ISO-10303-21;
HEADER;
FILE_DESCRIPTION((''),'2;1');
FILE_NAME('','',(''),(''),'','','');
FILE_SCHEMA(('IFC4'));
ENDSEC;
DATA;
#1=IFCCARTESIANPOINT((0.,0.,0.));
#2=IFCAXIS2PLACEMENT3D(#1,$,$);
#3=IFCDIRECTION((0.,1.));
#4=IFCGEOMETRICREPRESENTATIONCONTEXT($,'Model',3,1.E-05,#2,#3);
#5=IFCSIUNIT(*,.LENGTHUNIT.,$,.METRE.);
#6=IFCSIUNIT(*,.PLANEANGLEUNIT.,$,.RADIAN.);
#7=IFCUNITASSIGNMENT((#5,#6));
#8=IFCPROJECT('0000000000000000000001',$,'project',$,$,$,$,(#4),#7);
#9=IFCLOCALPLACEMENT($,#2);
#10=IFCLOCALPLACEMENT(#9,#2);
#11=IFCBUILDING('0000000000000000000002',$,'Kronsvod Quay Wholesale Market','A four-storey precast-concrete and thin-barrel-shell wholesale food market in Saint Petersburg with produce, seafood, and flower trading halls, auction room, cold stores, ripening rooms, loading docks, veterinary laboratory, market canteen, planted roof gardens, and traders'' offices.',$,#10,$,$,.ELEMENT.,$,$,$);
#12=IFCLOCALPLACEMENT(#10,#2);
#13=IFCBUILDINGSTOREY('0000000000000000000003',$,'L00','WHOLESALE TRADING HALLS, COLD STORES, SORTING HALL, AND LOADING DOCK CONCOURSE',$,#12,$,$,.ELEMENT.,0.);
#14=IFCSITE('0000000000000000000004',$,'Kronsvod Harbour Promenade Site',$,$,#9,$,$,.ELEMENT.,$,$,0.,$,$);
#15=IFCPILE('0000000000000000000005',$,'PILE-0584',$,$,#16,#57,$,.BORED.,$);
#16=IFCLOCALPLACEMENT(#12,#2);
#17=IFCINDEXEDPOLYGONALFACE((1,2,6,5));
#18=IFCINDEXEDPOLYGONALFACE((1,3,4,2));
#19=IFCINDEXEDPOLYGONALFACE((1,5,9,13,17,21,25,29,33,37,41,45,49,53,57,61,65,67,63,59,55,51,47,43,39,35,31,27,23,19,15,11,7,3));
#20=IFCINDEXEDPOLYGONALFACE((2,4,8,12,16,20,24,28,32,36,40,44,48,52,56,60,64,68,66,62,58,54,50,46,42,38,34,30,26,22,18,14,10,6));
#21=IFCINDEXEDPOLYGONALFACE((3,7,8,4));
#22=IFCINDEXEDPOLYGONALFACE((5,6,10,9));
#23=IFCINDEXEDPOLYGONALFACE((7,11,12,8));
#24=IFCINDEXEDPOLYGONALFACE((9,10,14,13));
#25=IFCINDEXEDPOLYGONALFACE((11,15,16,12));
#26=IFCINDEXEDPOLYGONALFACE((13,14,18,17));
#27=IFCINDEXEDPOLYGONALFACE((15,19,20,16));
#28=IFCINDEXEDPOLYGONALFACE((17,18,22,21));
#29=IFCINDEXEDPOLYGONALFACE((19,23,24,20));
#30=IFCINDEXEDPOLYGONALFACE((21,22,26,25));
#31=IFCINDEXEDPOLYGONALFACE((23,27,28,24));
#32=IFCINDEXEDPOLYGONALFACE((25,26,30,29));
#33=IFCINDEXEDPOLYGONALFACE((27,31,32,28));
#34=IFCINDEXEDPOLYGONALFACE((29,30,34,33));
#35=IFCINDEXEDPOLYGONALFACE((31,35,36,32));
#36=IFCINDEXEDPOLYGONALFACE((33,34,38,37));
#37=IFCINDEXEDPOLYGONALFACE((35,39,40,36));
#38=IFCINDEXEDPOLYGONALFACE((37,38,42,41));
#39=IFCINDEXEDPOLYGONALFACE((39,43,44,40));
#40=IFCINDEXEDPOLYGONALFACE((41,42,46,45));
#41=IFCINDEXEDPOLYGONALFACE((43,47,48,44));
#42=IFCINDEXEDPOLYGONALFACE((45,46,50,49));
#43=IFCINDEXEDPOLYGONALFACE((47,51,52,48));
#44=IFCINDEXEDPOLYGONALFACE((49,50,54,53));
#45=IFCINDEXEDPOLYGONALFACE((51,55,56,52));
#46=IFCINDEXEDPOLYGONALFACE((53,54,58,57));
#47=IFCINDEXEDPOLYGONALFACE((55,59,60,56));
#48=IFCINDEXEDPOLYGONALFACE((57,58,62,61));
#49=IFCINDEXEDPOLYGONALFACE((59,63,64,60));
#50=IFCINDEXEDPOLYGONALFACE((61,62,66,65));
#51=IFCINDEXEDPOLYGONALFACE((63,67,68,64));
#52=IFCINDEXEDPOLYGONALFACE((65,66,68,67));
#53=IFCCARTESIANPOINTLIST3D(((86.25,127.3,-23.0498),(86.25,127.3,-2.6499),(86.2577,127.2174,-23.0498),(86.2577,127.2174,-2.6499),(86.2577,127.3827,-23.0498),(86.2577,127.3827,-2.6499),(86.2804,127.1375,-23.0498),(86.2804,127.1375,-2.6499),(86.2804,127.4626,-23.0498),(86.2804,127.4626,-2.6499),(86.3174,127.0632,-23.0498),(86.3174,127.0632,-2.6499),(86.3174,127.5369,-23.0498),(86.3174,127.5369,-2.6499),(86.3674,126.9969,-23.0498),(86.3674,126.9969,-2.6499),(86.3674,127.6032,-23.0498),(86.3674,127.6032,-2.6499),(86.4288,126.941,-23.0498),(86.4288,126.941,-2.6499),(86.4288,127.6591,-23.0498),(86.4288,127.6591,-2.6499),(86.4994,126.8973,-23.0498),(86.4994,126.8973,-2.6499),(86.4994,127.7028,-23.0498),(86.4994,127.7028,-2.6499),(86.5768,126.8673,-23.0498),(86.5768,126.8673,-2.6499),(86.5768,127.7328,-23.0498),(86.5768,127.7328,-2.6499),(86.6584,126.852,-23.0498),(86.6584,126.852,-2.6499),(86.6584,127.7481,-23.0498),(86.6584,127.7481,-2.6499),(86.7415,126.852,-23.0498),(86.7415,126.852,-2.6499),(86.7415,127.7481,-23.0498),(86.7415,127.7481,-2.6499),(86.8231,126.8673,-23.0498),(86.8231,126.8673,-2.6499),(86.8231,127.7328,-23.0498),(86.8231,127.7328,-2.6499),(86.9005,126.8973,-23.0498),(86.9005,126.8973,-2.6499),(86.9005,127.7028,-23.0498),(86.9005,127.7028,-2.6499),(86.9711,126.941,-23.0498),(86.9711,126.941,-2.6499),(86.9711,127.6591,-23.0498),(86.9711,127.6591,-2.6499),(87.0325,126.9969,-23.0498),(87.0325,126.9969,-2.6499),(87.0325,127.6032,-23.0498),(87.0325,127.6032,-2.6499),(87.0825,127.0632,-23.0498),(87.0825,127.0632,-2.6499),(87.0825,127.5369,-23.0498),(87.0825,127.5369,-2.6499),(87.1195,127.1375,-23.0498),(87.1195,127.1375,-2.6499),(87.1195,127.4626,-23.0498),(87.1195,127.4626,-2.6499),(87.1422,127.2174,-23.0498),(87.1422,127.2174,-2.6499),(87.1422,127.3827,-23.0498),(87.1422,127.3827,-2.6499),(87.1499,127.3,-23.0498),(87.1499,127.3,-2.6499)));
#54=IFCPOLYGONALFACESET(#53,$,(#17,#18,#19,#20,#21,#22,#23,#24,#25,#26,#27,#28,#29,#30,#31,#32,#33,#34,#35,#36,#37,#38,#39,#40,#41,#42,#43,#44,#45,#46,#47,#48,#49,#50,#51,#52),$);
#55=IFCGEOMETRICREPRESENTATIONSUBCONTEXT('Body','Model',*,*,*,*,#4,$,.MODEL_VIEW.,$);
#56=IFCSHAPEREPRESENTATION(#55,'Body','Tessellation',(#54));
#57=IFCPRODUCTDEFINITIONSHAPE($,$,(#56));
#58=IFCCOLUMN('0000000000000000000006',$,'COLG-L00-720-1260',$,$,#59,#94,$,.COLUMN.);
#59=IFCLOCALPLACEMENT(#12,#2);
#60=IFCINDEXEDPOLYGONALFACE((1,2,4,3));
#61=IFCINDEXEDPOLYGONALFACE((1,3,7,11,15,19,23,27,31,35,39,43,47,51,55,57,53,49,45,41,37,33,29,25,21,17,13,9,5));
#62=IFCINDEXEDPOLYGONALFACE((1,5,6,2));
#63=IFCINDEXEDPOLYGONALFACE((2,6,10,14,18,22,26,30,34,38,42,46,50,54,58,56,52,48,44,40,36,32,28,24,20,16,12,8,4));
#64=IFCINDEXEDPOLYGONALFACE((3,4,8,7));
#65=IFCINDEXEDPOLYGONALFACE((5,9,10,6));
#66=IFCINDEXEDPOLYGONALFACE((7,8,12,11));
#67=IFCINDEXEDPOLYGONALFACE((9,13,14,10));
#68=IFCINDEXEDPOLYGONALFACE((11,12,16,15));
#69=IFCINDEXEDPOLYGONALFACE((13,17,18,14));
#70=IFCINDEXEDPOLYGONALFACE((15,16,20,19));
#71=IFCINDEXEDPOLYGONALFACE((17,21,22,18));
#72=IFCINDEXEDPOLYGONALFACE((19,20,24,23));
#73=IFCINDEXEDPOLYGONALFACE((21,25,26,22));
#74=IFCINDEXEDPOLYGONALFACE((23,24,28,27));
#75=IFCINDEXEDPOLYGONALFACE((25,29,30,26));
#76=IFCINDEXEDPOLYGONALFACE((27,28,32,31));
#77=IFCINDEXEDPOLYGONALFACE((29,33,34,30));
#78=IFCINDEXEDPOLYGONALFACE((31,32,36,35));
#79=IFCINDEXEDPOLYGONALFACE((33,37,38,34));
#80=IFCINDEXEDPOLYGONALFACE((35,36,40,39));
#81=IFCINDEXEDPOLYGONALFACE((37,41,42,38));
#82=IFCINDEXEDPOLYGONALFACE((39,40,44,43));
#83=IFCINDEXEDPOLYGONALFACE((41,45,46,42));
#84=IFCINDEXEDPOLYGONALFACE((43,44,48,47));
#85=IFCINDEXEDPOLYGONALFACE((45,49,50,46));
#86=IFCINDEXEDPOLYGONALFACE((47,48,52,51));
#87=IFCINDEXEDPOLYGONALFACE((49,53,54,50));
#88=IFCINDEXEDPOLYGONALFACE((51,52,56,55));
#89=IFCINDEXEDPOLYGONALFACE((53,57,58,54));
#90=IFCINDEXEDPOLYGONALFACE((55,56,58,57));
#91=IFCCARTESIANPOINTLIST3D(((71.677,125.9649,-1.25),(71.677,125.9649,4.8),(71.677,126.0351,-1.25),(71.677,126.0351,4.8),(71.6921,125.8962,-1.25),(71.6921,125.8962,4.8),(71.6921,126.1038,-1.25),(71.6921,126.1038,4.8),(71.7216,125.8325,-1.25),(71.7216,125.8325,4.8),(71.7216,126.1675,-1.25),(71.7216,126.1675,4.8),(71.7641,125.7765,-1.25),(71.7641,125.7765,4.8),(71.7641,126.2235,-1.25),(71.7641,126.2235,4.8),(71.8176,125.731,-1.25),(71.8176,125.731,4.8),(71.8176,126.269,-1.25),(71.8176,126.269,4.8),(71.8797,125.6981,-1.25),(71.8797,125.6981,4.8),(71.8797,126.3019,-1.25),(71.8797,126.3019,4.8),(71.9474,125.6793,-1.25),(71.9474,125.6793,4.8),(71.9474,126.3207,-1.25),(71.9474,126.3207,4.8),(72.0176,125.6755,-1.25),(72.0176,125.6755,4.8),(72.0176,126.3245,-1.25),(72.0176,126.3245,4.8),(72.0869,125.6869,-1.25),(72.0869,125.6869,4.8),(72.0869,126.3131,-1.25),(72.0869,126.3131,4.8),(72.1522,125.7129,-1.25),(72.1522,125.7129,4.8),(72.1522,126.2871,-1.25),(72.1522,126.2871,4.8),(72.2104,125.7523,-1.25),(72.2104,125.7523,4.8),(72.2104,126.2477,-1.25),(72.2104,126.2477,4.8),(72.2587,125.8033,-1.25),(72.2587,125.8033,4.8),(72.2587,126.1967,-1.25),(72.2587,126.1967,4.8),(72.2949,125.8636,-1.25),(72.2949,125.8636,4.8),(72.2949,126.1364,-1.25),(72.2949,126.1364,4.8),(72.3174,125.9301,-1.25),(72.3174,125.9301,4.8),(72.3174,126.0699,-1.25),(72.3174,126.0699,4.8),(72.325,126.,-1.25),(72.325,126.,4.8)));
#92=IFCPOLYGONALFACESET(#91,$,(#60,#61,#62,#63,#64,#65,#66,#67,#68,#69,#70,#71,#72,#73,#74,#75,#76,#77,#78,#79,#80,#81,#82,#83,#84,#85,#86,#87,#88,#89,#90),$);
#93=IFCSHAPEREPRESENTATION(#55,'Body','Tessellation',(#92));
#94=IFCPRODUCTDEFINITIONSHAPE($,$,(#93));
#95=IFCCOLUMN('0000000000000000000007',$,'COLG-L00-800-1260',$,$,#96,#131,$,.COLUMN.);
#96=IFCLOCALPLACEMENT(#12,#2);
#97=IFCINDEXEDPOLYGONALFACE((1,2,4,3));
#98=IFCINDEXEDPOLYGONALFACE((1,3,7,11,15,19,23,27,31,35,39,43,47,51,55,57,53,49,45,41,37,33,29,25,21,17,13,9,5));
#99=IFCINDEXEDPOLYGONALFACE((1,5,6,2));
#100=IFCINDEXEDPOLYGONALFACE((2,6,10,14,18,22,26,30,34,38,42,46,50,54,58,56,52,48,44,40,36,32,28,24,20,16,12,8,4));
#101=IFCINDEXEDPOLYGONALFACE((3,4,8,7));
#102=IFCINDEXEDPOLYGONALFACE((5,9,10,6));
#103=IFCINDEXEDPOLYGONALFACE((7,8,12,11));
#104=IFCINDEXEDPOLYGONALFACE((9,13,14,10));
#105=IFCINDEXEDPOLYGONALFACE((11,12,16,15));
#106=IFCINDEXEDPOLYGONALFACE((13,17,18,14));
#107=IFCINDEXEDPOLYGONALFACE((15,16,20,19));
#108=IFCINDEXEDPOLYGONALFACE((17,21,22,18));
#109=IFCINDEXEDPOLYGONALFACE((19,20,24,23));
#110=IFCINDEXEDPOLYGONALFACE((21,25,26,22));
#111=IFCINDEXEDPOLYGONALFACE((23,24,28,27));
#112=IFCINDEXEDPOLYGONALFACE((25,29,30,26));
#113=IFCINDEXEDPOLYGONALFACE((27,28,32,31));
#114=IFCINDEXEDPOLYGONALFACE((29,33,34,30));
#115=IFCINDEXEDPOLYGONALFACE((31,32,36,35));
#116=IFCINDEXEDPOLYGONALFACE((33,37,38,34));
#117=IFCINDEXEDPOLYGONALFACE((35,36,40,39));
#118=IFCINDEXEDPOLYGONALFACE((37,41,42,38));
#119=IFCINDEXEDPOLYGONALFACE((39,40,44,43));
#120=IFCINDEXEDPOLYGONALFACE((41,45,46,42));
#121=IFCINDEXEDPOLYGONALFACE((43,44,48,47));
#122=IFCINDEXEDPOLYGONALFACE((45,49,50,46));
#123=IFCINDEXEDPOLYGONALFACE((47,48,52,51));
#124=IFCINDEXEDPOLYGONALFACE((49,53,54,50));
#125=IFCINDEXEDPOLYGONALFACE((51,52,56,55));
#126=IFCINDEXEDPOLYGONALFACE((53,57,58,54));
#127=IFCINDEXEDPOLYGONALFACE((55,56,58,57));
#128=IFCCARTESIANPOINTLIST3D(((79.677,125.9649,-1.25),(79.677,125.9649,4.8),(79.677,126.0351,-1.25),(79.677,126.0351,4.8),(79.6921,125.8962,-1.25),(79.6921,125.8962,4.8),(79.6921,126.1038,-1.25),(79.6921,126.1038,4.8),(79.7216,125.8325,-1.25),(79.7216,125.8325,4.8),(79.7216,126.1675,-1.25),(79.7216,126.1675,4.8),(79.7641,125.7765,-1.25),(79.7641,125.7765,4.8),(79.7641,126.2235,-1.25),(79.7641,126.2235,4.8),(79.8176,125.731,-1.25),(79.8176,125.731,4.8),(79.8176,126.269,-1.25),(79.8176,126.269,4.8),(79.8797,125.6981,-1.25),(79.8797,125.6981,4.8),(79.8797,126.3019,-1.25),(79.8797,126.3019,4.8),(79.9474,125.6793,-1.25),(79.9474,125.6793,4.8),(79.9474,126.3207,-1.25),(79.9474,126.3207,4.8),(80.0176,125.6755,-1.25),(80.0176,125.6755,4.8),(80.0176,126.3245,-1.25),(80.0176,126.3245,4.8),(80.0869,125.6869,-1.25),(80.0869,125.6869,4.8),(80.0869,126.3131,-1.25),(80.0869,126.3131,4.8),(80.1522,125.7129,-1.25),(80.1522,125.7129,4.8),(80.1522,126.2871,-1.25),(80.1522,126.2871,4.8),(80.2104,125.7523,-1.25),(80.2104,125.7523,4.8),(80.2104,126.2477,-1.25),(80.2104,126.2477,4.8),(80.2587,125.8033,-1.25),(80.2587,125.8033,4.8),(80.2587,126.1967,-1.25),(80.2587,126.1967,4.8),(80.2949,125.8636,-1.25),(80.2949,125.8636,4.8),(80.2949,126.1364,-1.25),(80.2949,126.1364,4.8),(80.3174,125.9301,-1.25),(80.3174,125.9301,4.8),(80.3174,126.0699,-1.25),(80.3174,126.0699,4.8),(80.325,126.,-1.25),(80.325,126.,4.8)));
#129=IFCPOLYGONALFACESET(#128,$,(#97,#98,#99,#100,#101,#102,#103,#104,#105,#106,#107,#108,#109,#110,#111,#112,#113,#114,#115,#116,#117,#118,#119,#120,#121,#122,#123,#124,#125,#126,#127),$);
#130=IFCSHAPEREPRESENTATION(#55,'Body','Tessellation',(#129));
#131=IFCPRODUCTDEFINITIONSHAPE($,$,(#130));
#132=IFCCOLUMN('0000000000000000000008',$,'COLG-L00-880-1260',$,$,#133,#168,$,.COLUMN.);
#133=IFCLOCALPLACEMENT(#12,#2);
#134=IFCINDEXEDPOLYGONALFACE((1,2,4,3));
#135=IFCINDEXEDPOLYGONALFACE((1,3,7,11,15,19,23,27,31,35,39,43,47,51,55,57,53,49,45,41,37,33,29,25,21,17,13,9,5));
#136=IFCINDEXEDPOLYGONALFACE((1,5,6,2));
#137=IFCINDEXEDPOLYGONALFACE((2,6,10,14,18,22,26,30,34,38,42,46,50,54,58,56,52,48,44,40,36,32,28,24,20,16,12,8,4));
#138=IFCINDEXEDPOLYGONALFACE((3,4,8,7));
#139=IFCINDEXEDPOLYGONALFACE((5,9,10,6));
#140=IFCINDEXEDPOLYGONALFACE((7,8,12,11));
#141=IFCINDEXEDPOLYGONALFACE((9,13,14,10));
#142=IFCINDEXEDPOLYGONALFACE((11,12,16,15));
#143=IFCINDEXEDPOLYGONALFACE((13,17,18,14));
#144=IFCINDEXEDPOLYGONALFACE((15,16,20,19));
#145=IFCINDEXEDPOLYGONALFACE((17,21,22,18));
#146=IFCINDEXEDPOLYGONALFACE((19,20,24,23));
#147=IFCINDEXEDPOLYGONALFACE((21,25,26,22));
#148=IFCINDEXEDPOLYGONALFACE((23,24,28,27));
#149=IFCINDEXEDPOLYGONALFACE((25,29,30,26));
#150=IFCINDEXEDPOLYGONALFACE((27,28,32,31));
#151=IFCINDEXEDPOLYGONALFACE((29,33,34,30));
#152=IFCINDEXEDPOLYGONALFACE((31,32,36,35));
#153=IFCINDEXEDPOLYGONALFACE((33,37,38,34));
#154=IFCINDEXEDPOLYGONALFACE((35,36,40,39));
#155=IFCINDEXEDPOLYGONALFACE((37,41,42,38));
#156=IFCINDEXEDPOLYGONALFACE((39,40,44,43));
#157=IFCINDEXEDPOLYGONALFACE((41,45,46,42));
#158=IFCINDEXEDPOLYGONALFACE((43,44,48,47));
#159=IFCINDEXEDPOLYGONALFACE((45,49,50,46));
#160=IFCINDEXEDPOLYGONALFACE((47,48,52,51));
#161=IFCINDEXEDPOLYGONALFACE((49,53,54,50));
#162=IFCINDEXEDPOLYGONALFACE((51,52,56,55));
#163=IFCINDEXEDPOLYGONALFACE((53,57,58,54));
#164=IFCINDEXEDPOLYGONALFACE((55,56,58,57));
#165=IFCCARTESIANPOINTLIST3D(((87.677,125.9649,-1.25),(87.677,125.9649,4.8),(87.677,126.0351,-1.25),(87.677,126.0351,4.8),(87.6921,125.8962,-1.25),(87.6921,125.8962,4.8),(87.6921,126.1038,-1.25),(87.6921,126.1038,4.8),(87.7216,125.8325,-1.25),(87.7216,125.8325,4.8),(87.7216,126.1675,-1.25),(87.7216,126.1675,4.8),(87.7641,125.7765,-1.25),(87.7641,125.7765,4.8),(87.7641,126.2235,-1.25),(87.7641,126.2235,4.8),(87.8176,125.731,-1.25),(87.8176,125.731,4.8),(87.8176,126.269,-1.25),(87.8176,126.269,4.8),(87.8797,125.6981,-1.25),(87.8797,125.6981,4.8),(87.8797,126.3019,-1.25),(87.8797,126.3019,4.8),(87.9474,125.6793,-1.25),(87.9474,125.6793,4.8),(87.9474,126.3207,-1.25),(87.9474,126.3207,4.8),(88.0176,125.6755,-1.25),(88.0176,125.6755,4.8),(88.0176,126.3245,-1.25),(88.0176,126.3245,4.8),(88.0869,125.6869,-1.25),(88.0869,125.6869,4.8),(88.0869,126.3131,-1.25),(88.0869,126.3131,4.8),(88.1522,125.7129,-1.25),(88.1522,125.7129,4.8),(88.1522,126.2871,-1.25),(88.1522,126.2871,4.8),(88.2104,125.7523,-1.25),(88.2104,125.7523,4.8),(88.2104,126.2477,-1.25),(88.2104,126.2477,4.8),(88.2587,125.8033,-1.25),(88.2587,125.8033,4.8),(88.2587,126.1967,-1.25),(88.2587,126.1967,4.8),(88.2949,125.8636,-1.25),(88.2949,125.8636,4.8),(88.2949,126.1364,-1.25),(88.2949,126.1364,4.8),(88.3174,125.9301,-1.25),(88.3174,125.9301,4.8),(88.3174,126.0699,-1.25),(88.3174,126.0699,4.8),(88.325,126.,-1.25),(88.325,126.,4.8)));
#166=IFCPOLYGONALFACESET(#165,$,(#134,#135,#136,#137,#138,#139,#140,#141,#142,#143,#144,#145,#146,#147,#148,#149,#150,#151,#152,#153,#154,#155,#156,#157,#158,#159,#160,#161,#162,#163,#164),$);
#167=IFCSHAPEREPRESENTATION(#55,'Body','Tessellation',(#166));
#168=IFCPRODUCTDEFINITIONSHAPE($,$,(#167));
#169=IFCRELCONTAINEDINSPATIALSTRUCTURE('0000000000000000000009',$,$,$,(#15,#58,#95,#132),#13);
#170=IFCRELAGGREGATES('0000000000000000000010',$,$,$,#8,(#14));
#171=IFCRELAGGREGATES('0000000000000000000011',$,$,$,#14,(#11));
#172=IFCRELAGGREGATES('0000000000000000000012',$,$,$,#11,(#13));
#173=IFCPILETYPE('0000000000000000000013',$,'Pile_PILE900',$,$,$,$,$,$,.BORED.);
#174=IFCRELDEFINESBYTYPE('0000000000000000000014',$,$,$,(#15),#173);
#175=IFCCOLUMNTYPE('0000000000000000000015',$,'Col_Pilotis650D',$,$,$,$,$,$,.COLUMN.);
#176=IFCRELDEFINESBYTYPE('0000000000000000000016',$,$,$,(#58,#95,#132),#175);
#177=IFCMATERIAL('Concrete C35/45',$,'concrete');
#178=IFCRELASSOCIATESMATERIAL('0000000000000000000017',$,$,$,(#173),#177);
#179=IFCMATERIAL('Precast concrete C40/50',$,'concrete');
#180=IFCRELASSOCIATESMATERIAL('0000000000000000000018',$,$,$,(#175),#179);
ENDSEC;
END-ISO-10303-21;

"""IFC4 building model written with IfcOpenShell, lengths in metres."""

from ifc_helpers import new_model, si_unit, direction, frame, origin, origin_2d, place, context, subcontext, project, spatial, circle, extrude, material, material_profile, profile_set, type_object, element, save


model = new_model("IFC4")

# Units and contexts
model_context = context("Model", 3, precision=1e-05, world=origin(), true_north=direction((0.0, 1.0)))
body_context = subcontext(model_context, "Body", "Model", "MODEL_VIEW")
ifc_project = project(units=[si_unit("LENGTHUNIT", "METRE"), si_unit("PLANEANGLEUNIT", "RADIAN")], contexts=[model_context])

# Site, building, storey
site_placement = place(None, origin())
site = spatial("IfcSite", under=ifc_project, at=site_placement, Name="Kronsvod Harbour Promenade Site", CompositionType="ELEMENT", RefElevation=0.0)
building_placement = place(site_placement, origin())
building = spatial("IfcBuilding", under=site, at=building_placement, Name="Kronsvod Quay Wholesale Market", Description="A four-storey precast-concrete and thin-barrel-shell wholesale food market in Saint Petersburg with produce, seafood, and flower trading halls, auction room, cold stores, ripening rooms, loading docks, veterinary laboratory, market canteen, planted roof gardens, and traders' offices.", CompositionType="ELEMENT")
storey_placement = place(building_placement, origin())
storey = spatial("IfcBuildingStorey", under=building, at=storey_placement, Name="L00", Description="WHOLESALE TRADING HALLS, COLD STORES, SORTING HALL, AND LOADING DOCK CONCOURSE", CompositionType="ELEMENT", Elevation=0.0)

# Pile
ifc_material_1 = material(Name="Concrete C35/45", Category="concrete")
ifc_material_profile_1 = material_profile(ifc_material_1, circle(Radius=0.45, at=origin_2d()), Name="PILE900")
ifc_profile_set_1 = profile_set([ifc_material_profile_1], Name="Concrete C35/45")
pile_type = type_object("IfcPileType", Name="Pile_PILE900", PredefinedType="BORED", material=ifc_profile_set_1)
for number, where, z_axis, x_axis, name in (
    (1, (86.7, 127.3, -2.6499), (0.0, 0.0, -1.0), (1.0, 0.0, 0.0), "PILE-0584"),
):
    element("IfcPile", number, at=place(storey_placement, frame(where, z_axis=z_axis, x_axis=x_axis)), inside=storey, type_object=pile_type, Name=name, PredefinedType="BORED", context=body_context, shape_type="SweptSolid", body=[
        extrude(circle(Radius=0.45, at=origin_2d()), origin(), (0.0, 0.0, 1.0), 20.3999),
    ])

# Columns
ifc_material_2 = material(Name="Precast concrete C40/50", Category="concrete")
ifc_material_profile_2 = material_profile(ifc_material_2, circle(Radius=0.325, at=origin_2d()), Name="PCPIL650D")
ifc_profile_set_2 = profile_set([ifc_material_profile_2], Name="Precast concrete C40/50")
column_type_1 = type_object("IfcColumnType", Name="Col_Pilotis650D", PredefinedType="COLUMN", material=ifc_profile_set_2)
for number, where, z_axis, x_axis, name in (
    (2, (72.0, 126.0, -1.25), (0.0, 0.0, 1.0), (1.0, 0.0, 0.0), "COLG-L00-720-1260"),
    (3, (80.0, 126.0, -1.25), (0.0, 0.0, 1.0), (1.0, 0.0, 0.0), "COLG-L00-800-1260"),
    (4, (88.0, 126.0, -1.25), (0.0, 0.0, 1.0), (1.0, 0.0, 0.0), "COLG-L00-880-1260"),
):
    element("IfcColumn", number, at=place(storey_placement, frame(where, z_axis=z_axis, x_axis=x_axis)), inside=storey, type_object=column_type_1, Name=name, PredefinedType="COLUMN", context=body_context, shape_type="SweptSolid", body=[
        extrude(circle(Radius=0.325, at=origin_2d()), origin(), (0.0, 0.0, 1.0), 6.05),
    ])

save(model, "model.ifc")
